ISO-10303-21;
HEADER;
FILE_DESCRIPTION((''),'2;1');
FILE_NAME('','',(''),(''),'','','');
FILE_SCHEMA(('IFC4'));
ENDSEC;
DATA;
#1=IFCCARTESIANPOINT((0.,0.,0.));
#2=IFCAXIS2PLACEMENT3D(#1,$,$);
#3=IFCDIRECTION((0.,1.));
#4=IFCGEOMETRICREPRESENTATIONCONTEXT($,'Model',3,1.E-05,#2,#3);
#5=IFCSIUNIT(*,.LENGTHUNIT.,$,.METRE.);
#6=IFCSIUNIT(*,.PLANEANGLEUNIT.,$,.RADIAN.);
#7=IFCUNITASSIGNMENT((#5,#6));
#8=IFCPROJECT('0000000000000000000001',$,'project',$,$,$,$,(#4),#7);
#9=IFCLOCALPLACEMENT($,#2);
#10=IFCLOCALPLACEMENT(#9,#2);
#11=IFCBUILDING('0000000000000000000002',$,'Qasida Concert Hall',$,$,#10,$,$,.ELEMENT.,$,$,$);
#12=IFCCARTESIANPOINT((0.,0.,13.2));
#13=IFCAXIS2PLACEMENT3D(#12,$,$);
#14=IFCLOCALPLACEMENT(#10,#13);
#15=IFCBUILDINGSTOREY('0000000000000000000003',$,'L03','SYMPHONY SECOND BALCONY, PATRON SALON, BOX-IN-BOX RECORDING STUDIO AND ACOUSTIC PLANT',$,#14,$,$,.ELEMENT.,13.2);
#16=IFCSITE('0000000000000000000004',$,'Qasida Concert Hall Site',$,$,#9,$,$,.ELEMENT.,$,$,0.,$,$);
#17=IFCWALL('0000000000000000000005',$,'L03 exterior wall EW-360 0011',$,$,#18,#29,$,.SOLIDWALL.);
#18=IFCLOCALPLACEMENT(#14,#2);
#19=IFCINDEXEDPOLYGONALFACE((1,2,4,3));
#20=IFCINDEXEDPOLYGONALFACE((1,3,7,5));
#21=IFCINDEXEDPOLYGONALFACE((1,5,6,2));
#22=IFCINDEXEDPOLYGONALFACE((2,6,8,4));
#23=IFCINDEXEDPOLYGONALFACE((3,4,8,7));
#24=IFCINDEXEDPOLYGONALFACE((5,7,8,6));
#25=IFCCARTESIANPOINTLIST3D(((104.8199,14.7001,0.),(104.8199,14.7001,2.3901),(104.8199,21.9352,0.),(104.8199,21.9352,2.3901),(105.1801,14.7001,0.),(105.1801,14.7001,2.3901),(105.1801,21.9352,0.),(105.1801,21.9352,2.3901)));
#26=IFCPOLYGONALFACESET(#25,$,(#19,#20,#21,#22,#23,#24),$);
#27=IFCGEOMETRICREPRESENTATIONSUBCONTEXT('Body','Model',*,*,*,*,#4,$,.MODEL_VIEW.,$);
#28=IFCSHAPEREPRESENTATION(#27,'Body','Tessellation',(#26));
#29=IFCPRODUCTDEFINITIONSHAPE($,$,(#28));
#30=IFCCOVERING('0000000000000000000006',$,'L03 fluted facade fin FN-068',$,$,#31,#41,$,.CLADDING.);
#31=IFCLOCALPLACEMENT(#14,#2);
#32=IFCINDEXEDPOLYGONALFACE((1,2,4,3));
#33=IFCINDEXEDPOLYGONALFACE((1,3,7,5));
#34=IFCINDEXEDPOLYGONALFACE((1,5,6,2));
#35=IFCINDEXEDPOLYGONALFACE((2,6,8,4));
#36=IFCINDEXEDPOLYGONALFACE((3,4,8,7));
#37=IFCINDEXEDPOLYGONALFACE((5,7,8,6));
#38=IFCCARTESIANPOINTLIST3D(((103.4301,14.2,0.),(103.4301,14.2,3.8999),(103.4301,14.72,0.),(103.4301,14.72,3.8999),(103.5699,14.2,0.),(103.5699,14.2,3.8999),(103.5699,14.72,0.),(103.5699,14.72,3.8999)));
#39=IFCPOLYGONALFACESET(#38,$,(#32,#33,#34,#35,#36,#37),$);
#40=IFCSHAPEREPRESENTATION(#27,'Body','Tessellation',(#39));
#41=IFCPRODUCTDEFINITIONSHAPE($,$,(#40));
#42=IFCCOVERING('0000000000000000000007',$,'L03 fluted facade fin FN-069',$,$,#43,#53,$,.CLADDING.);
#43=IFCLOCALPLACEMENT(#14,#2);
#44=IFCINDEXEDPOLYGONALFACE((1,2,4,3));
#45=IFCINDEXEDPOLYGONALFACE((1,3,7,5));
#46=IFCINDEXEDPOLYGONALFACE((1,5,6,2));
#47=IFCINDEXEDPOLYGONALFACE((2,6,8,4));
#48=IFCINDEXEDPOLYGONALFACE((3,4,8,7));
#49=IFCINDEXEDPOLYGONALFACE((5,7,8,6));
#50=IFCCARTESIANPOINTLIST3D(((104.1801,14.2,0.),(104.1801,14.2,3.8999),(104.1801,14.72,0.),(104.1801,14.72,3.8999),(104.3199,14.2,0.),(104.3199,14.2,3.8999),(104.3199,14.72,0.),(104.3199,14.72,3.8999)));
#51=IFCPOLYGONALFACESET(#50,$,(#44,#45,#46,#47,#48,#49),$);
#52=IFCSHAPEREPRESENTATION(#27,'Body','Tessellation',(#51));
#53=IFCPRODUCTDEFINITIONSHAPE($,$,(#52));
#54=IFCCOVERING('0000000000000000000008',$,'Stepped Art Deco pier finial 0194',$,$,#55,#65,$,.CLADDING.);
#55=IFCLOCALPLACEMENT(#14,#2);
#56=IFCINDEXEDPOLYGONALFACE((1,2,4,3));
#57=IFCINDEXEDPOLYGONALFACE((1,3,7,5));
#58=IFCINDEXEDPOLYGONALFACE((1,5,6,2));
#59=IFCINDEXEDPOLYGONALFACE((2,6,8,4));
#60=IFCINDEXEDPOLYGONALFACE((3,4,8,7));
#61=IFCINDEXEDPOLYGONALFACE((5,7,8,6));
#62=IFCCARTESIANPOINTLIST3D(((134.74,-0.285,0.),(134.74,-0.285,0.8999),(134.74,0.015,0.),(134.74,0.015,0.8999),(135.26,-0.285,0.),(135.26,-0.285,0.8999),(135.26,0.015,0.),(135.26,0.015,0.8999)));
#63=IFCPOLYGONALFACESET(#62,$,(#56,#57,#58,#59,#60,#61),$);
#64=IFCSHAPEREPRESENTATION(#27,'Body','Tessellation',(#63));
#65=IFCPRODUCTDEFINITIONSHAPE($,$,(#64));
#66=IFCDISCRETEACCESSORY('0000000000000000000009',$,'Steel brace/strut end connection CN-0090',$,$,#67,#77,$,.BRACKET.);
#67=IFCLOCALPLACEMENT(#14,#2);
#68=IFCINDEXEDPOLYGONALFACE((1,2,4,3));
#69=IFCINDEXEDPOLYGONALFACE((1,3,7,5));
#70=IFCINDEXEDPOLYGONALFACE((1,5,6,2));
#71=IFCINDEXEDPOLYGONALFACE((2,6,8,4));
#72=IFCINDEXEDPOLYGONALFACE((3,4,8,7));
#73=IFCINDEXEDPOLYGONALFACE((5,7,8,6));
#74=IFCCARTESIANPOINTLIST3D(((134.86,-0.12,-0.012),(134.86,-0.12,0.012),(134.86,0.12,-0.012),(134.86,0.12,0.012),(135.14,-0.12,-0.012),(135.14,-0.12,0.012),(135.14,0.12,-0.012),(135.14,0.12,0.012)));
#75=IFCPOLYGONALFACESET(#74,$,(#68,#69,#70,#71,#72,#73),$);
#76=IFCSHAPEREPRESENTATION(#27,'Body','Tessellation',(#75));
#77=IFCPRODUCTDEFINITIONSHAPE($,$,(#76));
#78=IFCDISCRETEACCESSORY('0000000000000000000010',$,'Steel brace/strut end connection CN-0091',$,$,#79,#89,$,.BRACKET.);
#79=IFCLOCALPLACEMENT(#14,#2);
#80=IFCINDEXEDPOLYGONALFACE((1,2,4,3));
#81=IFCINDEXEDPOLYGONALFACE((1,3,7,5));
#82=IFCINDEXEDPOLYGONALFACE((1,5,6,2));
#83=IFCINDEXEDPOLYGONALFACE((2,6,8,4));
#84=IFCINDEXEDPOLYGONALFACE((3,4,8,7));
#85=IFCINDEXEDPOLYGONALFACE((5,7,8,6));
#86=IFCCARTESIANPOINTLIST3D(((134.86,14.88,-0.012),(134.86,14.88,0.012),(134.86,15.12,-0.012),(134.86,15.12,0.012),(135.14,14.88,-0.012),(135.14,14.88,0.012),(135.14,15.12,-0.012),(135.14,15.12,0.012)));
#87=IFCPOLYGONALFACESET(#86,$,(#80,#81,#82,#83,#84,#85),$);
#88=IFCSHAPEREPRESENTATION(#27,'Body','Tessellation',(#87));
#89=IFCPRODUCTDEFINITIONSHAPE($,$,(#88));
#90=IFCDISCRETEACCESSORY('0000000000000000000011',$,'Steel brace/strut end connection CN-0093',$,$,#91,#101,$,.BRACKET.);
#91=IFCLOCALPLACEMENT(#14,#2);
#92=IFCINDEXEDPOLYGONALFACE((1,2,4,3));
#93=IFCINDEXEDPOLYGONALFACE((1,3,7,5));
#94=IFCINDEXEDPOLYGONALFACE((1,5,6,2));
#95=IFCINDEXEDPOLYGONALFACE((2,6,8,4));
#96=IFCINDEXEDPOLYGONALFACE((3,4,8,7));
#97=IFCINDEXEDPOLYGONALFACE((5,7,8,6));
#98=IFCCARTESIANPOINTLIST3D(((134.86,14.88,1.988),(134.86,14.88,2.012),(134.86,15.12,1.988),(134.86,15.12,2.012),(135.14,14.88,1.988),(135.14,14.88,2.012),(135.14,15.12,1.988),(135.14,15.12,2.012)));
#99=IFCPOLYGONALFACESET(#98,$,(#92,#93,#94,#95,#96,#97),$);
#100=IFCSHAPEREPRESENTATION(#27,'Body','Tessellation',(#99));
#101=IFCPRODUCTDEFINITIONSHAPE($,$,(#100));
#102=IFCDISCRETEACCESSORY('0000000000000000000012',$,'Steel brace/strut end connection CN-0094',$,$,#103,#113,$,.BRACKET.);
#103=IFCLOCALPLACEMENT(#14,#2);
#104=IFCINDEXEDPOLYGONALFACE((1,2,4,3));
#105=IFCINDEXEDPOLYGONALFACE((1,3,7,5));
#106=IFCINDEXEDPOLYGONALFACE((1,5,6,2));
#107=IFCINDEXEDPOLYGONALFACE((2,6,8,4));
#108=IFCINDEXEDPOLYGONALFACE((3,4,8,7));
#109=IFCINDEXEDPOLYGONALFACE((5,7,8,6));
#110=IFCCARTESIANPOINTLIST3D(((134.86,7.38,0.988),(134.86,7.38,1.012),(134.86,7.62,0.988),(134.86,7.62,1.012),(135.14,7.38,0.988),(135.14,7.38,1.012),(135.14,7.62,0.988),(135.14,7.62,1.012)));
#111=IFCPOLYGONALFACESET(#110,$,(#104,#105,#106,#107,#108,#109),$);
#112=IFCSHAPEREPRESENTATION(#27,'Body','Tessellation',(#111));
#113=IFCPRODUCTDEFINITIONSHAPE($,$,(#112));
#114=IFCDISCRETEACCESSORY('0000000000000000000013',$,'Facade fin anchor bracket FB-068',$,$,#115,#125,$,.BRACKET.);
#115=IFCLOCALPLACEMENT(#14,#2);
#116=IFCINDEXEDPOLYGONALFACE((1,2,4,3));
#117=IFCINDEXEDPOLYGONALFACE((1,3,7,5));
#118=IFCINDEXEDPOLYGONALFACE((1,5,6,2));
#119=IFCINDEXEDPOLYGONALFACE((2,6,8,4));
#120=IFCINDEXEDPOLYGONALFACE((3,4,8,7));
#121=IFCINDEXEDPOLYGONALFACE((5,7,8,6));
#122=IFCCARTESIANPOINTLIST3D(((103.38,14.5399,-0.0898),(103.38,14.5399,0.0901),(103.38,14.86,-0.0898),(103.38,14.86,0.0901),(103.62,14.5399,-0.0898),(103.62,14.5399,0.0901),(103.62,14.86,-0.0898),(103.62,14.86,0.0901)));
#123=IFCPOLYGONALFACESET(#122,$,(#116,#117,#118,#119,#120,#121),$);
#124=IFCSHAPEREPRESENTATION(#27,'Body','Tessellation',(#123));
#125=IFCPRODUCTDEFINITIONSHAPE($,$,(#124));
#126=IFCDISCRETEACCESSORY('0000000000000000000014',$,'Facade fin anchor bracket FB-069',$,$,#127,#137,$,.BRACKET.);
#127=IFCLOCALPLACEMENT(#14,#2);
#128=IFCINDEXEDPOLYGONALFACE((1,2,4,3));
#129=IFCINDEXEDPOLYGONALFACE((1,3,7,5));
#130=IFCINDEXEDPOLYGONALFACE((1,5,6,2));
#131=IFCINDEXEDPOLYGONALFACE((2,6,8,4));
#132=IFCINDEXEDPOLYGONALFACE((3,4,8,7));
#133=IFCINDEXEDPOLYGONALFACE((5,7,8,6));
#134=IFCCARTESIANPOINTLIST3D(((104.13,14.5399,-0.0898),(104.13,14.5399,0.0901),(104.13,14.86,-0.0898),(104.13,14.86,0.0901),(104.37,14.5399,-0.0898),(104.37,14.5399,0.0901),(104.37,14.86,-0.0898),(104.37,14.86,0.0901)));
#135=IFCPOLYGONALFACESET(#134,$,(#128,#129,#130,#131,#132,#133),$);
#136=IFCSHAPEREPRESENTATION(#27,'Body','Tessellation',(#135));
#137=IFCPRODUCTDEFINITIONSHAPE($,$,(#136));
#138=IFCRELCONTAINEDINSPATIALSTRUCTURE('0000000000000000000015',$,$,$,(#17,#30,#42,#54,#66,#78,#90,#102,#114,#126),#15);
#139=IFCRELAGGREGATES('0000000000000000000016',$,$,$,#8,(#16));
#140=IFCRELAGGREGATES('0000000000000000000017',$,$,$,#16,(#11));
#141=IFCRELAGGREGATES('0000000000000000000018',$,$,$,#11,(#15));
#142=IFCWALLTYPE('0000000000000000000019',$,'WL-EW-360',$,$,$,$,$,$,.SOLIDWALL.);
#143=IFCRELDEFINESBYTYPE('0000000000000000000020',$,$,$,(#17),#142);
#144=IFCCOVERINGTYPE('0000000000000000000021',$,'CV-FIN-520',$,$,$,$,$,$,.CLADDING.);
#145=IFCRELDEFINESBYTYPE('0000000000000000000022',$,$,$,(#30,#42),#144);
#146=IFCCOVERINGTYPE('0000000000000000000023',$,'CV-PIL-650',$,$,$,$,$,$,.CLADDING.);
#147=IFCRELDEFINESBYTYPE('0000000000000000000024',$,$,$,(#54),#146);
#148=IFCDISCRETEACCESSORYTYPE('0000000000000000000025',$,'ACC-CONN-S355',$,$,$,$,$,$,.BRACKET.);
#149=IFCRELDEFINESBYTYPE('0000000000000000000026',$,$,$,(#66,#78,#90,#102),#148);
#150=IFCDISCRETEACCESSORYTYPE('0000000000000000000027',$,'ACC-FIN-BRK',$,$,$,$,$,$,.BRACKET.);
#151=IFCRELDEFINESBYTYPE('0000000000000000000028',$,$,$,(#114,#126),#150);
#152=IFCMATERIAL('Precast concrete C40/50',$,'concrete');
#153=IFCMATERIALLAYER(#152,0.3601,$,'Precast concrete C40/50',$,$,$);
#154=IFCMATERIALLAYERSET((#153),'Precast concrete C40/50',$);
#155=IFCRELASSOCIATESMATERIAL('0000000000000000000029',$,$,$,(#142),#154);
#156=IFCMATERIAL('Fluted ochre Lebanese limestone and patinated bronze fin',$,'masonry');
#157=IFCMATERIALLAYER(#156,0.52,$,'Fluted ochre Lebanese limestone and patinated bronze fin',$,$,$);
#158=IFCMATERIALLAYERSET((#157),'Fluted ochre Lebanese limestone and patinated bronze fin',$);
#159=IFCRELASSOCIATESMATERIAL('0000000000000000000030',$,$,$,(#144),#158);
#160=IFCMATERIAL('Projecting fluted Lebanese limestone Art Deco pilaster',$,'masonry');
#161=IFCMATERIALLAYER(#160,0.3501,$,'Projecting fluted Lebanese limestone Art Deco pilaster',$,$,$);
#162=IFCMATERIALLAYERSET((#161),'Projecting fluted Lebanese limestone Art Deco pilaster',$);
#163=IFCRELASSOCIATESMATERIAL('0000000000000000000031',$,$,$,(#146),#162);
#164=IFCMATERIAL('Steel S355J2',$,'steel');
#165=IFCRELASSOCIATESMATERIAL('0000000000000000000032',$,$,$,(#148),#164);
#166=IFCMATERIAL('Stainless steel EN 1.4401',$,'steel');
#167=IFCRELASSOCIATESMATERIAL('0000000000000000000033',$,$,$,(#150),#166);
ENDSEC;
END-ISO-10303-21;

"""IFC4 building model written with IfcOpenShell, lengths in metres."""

from ifc_helpers import new_model, si_unit, direction, frame, frame_2d, origin, origin_2d, place, context, subcontext, project, spatial, rectangle, extrude, material, layer, layer_set, type_object, element, save


model = new_model("IFC4")

# Units and contexts
model_context = context("Model", 3, precision=1e-05, world=origin(), true_north=direction((0.0, 1.0)))
body_context = subcontext(model_context, "Body", "Model", "MODEL_VIEW")
ifc_project = project(units=[si_unit("LENGTHUNIT", "METRE"), si_unit("PLANEANGLEUNIT", "RADIAN")], contexts=[model_context])

# Site, building, storey
site_placement = place(None, origin())
site = spatial("IfcSite", under=ifc_project, at=site_placement, Name="Qasida Concert Hall Site", CompositionType="ELEMENT", RefElevation=0.0)
building_placement = place(site_placement, origin())
building = spatial("IfcBuilding", under=site, at=building_placement, Name="Qasida Concert Hall", CompositionType="ELEMENT")
storey_placement = place(building_placement, frame((0.0, 0.0, 13.2)))
storey = spatial("IfcBuildingStorey", under=building, at=storey_placement, Name="L03", Description="SYMPHONY SECOND BALCONY, PATRON SALON, BOX-IN-BOX RECORDING STUDIO AND ACOUSTIC PLANT", CompositionType="ELEMENT", Elevation=13.2)

# Shared definitions
ifc_material_1 = material(Name="Steel S355J2", Category="steel")

# Wall
ifc_material_2 = material(Name="Precast concrete C40/50", Category="concrete")
ifc_layer_1 = layer(ifc_material_2, 0.3601, Name="Precast concrete C40/50")
ifc_layer_set_1 = layer_set([ifc_layer_1], Name="Precast concrete C40/50")
wall_type = type_object("IfcWallType", Name="WL-EW-360", PredefinedType="SOLIDWALL", material=ifc_layer_set_1)
wall_placement = place(storey_placement, frame((105.0, 14.7, 0.0), z_axis=(0.0, 0.0, 1.0), x_axis=(0.0, 1.0, 0.0)))
element("IfcWall", 1, at=wall_placement, inside=storey, type_object=wall_type, Name="L03 exterior wall EW-360 0011", PredefinedType="SOLIDWALL", context=body_context, shape_type="SweptSolid", body=[
    extrude(rectangle(XDim=7.2351, YDim=0.3601, at=frame_2d((3.6177, 0.0))), origin(), (0.0, 0.0, 1.0), 2.3901),
])

# Coverings
ifc_material_3 = material(Name="Fluted ochre Lebanese limestone and patinated bronze fin", Category="masonry")
ifc_layer_2 = layer(ifc_material_3, 0.52, Name="Fluted ochre Lebanese limestone and patinated bronze fin")
ifc_layer_set_2 = layer_set([ifc_layer_2], Name="Fluted ochre Lebanese limestone and patinated bronze fin")
covering_type_1 = type_object("IfcCoveringType", Name="CV-FIN-520", PredefinedType="CLADDING", material=ifc_layer_set_2)
for number, where, z_axis, x_axis, name in (
    (2, (103.5, 14.46, 0.0), (0.0, 0.0, 1.0), (1.0, 0.0, 0.0), "L03 fluted facade fin FN-068"),
    (3, (104.25, 14.46, 0.0), (0.0, 0.0, 1.0), (1.0, 0.0, 0.0), "L03 fluted facade fin FN-069"),
):
    element("IfcCovering", number, at=place(storey_placement, frame(where, z_axis=z_axis, x_axis=x_axis)), inside=storey, type_object=covering_type_1, Name=name, PredefinedType="CLADDING", context=body_context, shape_type="SweptSolid", body=[
        extrude(rectangle(XDim=0.1399, YDim=0.52, at=origin_2d()), origin(), (0.0, 0.0, 1.0), 3.8999),
    ])
ifc_material_4 = material(Name="Projecting fluted Lebanese limestone Art Deco pilaster", Category="masonry")
ifc_layer_3 = layer(ifc_material_4, 0.3501, Name="Projecting fluted Lebanese limestone Art Deco pilaster")
ifc_layer_set_3 = layer_set([ifc_layer_3], Name="Projecting fluted Lebanese limestone Art Deco pilaster")
covering_type_2 = type_object("IfcCoveringType", Name="CV-PIL-650", PredefinedType="CLADDING", material=ifc_layer_set_3)
covering_placement = place(storey_placement, frame((135.0, -0.135, 0.0), z_axis=(0.0, 0.0, 1.0), x_axis=(1.0, 0.0, 0.0)))
element("IfcCovering", 4, at=covering_placement, inside=storey, type_object=covering_type_2, Name="Stepped Art Deco pier finial 0194", PredefinedType="CLADDING", context=body_context, shape_type="SweptSolid", body=[
    extrude(rectangle(XDim=0.52, YDim=0.3, at=origin_2d()), origin(), (0.0, 0.0, 1.0), 0.8999),
])

# Discrete accessories
discrete_accessory_type_1 = type_object("IfcDiscreteAccessoryType", Name="ACC-CONN-S355", PredefinedType="BRACKET", material=ifc_material_1)
for number, where, z_axis, x_axis, name in (
    (5, (135.0, 0.0, -0.012), (0.0, 0.0, 1.0), (1.0, 0.0, 0.0), "Steel brace/strut end connection CN-0090"),
    (6, (135.0, 15.0, -0.012), (0.0, 0.0, 1.0), (1.0, 0.0, 0.0), "Steel brace/strut end connection CN-0091"),
    (7, (135.0, 15.0, 1.988), (0.0, 0.0, 1.0), (1.0, 0.0, 0.0), "Steel brace/strut end connection CN-0093"),
    (8, (135.0, 7.5, 0.988), (0.0, 0.0, 1.0), (1.0, 0.0, 0.0), "Steel brace/strut end connection CN-0094"),
):
    element("IfcDiscreteAccessory", number, at=place(storey_placement, frame(where, z_axis=z_axis, x_axis=x_axis)), inside=storey, type_object=discrete_accessory_type_1, Name=name, PredefinedType="BRACKET", context=body_context, shape_type="SweptSolid", body=[
        extrude(rectangle(XDim=0.28, YDim=0.24, at=origin_2d()), origin(), (0.0, 0.0, 1.0), 0.0239),
    ])
ifc_material_5 = material(Name="Stainless steel EN 1.4401", Category="steel")
discrete_accessory_type_2 = type_object("IfcDiscreteAccessoryType", Name="ACC-FIN-BRK", PredefinedType="BRACKET", material=ifc_material_5)
for number, where, z_axis, x_axis, name in (
    (9, (103.5, 14.7, -0.0898), (0.0, 0.0, 1.0), (1.0, 0.0, 0.0), "Facade fin anchor bracket FB-068"),
    (10, (104.25, 14.7, -0.0898), (0.0, 0.0, 1.0), (1.0, 0.0, 0.0), "Facade fin anchor bracket FB-069"),
):
    element("IfcDiscreteAccessory", number, at=place(storey_placement, frame(where, z_axis=z_axis, x_axis=x_axis)), inside=storey, type_object=discrete_accessory_type_2, Name=name, PredefinedType="BRACKET", context=body_context, shape_type="SweptSolid", body=[
        extrude(rectangle(XDim=0.24, YDim=0.3201, at=origin_2d()), origin(), (0.0, 0.0, 1.0), 0.1799),
    ])

save(model, "model.ifc")
